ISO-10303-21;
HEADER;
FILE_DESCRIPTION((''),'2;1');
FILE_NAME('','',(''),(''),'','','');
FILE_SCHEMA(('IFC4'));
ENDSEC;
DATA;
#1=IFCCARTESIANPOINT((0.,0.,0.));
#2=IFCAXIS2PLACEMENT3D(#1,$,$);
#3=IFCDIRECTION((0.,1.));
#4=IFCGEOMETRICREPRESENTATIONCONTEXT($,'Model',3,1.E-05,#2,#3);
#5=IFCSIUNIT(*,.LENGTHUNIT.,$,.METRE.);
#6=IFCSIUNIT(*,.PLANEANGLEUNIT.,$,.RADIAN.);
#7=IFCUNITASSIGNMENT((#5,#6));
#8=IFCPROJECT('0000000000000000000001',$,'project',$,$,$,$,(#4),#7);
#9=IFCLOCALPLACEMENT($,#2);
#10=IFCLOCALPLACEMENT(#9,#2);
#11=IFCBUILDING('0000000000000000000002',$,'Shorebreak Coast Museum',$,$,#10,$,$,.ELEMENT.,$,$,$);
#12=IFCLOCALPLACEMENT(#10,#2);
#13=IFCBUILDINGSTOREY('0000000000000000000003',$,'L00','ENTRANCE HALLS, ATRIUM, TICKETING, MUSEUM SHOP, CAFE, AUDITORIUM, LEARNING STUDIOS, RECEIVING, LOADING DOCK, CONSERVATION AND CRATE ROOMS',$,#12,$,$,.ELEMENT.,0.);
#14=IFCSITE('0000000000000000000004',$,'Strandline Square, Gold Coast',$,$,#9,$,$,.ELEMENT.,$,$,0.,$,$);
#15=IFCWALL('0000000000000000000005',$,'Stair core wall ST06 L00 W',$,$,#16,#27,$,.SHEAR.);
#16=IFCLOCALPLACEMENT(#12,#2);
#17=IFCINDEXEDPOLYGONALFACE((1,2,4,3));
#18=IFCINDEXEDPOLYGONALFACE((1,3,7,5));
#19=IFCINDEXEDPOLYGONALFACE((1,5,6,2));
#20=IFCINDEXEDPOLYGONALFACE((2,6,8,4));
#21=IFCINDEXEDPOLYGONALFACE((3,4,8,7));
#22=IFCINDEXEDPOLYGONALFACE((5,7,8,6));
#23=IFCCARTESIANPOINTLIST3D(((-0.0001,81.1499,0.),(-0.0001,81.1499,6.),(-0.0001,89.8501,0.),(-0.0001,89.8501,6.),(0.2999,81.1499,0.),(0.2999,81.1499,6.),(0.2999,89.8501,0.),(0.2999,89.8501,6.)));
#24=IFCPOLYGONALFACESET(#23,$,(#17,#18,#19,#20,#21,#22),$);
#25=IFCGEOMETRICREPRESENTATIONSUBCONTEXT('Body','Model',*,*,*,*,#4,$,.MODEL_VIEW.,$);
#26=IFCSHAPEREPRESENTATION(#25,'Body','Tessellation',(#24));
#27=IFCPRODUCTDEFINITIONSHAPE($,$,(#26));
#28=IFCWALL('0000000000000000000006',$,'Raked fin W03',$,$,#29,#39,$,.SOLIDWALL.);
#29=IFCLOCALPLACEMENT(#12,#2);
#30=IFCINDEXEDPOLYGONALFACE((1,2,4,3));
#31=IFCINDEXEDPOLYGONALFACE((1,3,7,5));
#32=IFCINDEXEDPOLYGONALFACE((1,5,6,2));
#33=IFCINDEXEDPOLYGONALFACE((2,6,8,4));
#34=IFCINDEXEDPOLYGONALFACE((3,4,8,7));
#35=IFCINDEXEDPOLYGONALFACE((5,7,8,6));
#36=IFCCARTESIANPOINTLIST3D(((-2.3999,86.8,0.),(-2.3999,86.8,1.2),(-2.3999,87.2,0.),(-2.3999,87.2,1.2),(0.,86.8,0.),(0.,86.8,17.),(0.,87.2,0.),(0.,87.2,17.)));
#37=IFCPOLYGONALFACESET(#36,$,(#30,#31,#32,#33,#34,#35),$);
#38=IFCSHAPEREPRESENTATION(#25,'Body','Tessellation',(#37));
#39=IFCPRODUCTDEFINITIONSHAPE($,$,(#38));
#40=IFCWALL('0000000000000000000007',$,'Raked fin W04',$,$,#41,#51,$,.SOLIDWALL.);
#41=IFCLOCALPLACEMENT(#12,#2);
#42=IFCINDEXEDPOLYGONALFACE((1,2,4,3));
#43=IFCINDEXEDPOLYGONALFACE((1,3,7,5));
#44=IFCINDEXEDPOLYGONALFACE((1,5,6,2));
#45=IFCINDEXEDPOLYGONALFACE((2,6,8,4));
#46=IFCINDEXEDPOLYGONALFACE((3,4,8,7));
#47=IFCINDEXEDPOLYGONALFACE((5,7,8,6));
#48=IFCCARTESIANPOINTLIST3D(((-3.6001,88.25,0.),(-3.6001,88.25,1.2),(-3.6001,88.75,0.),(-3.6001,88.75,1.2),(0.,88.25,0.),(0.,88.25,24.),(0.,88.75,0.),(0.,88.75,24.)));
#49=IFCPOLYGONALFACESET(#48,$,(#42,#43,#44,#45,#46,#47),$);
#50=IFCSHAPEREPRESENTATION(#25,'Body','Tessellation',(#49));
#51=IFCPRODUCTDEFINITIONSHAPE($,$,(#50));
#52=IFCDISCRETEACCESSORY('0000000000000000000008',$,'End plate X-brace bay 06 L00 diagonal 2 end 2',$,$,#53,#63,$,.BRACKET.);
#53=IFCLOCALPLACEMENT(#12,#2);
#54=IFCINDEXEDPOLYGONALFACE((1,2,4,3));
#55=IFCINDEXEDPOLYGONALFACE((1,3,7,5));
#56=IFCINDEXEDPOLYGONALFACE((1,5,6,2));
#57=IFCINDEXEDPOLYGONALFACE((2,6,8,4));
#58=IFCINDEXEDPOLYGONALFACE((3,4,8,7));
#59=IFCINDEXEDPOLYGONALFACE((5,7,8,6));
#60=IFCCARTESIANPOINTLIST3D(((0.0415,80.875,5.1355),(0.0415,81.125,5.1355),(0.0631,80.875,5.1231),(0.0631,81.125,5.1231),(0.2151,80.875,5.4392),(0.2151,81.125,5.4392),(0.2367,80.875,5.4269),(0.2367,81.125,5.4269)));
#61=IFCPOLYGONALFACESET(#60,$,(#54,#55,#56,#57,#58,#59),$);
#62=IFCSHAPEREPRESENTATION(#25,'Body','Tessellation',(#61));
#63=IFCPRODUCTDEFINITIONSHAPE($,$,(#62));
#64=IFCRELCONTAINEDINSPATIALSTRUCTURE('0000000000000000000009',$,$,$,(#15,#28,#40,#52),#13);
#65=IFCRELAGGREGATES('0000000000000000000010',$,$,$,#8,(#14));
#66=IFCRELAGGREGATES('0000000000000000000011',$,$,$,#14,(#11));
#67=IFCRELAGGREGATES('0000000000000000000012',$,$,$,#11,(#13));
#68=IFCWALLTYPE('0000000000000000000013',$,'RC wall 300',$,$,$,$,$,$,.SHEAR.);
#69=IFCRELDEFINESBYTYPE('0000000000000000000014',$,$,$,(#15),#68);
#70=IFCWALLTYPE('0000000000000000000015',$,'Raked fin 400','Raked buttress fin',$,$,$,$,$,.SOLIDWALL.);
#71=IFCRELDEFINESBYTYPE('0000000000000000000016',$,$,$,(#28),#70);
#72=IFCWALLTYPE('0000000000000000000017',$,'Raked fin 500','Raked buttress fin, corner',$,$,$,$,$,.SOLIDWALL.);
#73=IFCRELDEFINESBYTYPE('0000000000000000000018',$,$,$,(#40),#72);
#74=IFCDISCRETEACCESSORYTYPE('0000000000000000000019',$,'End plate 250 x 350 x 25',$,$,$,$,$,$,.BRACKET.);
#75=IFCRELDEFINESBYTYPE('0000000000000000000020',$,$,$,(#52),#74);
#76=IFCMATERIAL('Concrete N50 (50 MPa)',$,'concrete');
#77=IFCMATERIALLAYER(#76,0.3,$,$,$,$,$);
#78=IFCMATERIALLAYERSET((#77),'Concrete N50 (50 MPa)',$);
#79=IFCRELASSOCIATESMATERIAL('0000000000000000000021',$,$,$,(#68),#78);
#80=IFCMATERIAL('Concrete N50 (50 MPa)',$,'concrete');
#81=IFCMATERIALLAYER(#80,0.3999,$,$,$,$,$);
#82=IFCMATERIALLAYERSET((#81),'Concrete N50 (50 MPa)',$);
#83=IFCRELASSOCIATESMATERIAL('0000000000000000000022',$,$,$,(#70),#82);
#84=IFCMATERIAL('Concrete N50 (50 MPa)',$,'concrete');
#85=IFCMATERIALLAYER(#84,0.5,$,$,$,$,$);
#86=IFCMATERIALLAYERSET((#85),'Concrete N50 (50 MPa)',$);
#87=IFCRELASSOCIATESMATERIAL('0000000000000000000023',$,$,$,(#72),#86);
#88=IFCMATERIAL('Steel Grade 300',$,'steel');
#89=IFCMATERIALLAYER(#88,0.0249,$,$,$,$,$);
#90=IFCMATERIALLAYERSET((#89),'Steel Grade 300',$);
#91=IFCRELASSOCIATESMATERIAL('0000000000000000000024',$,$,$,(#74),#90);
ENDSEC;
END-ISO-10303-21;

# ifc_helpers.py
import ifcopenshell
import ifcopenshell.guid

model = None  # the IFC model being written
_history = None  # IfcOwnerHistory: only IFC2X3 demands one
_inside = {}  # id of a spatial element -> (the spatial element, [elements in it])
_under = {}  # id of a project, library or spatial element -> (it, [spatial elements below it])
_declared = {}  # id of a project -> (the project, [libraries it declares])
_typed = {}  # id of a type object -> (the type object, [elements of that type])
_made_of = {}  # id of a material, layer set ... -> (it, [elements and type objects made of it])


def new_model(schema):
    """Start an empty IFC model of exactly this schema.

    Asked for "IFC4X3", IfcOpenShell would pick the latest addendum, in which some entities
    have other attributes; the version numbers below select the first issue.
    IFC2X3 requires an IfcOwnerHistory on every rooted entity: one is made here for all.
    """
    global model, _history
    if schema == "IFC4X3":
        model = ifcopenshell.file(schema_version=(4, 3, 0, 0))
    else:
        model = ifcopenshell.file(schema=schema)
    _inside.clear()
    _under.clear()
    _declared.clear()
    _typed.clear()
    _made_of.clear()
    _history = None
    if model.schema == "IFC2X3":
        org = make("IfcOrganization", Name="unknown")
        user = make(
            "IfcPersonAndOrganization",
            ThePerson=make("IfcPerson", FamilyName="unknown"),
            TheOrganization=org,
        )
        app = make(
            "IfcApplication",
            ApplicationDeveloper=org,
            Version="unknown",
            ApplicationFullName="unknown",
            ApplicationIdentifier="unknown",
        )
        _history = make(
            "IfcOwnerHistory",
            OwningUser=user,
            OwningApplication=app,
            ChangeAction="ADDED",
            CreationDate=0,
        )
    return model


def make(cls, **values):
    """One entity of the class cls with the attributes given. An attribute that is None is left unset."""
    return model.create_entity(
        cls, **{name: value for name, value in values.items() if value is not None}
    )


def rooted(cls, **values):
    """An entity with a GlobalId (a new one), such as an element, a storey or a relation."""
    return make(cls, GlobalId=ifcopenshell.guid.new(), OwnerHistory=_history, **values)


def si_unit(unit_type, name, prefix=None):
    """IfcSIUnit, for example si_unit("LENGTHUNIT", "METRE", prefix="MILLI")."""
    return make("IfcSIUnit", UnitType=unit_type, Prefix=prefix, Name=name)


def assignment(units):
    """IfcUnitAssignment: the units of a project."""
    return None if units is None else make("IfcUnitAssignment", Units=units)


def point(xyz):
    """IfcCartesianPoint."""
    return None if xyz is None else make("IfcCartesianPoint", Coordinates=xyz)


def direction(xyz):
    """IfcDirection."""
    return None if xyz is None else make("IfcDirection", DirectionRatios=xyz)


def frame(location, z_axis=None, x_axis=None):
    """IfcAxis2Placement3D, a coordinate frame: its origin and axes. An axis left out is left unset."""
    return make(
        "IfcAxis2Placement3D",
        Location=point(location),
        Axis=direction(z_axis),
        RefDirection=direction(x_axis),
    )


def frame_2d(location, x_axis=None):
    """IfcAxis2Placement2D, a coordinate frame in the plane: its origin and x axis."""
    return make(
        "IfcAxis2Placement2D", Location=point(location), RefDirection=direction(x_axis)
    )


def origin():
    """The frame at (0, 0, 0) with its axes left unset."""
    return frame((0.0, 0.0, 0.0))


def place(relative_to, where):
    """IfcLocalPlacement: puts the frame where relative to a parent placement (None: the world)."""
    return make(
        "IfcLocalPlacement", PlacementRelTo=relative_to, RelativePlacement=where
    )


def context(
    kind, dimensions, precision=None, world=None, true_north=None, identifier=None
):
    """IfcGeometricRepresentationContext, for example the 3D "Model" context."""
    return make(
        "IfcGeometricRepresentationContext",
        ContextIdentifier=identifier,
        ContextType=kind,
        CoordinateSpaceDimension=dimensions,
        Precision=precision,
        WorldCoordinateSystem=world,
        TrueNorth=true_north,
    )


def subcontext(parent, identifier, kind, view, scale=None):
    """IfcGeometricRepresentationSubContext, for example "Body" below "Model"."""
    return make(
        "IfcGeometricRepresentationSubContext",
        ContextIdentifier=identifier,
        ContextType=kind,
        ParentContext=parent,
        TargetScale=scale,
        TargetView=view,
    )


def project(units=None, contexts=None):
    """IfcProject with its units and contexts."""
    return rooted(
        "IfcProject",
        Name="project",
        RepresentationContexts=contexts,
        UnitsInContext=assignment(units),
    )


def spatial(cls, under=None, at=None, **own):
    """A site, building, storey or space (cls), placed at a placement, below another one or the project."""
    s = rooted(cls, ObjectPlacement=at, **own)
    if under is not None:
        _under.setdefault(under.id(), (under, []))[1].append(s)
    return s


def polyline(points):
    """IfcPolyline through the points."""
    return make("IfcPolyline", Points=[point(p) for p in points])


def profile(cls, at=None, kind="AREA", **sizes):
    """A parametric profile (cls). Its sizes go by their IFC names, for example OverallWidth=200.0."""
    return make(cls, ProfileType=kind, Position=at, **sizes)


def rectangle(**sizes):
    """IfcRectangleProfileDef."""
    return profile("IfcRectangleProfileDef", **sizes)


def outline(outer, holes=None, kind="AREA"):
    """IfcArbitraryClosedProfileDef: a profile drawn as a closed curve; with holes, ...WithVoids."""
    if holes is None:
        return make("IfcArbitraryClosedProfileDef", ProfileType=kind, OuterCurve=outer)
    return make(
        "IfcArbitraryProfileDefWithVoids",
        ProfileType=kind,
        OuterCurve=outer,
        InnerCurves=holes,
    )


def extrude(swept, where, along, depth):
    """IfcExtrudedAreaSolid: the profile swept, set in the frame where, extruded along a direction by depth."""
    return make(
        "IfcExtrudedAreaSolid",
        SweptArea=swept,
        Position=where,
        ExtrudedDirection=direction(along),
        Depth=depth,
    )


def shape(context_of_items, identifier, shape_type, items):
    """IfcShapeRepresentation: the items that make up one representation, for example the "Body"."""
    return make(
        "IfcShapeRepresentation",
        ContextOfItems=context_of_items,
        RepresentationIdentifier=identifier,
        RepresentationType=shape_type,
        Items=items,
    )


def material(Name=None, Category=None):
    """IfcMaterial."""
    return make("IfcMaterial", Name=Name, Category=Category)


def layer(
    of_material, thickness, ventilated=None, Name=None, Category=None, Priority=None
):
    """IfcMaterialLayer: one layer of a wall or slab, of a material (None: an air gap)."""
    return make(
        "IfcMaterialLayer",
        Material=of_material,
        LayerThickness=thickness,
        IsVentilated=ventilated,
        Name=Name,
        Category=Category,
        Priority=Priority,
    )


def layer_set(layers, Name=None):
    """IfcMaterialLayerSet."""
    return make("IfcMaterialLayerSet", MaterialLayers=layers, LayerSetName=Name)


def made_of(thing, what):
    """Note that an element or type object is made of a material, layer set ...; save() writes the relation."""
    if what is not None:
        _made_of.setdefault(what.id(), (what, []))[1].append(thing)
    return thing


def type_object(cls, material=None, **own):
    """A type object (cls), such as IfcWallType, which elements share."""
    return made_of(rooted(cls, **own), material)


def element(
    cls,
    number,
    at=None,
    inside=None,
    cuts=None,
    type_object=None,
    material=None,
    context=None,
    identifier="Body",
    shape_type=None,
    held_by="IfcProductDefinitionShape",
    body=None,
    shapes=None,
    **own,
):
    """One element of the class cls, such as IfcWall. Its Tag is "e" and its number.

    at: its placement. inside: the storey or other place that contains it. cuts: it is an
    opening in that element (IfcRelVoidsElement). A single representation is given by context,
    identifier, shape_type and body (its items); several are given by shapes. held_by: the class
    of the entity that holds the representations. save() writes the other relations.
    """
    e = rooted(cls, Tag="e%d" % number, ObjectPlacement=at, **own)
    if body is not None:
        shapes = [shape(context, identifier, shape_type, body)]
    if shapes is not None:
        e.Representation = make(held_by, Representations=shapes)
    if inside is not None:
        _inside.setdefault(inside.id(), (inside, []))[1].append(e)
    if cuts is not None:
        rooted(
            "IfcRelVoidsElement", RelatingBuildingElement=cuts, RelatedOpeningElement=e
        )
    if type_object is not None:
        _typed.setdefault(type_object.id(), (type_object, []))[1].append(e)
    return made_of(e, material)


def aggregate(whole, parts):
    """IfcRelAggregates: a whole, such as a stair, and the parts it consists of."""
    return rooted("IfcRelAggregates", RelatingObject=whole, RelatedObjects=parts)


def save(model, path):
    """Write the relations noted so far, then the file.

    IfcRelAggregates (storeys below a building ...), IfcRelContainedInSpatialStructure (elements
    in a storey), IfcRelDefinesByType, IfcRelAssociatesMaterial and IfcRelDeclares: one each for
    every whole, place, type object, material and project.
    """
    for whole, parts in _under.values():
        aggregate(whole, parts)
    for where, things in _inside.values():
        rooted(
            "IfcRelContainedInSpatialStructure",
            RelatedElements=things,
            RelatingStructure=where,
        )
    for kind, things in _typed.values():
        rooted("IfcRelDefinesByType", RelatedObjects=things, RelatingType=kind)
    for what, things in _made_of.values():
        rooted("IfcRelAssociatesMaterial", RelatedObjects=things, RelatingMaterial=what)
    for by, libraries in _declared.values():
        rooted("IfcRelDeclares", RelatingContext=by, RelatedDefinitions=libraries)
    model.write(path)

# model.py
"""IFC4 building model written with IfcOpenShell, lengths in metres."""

from ifc_helpers import new_model, si_unit, direction, frame, frame_2d, origin, place, context, subcontext, project, spatial, polyline, rectangle, outline, extrude, material, layer, layer_set, type_object, element, save


model = new_model("IFC4")

# Units and contexts
model_context = context("Model", 3, precision=1e-05, world=origin(), true_north=direction((0.0, 1.0)))
body_context = subcontext(model_context, "Body", "Model", "MODEL_VIEW")
ifc_project = project(units=[si_unit("LENGTHUNIT", "METRE"), si_unit("PLANEANGLEUNIT", "RADIAN")], contexts=[model_context])

# Site, building, storey
site_placement = place(None, origin())
site = spatial("IfcSite", under=ifc_project, at=site_placement, Name="Strandline Square, Gold Coast", CompositionType="ELEMENT", RefElevation=0.0)
building_placement = place(site_placement, origin())
building = spatial("IfcBuilding", under=site, at=building_placement, Name="Shorebreak Coast Museum", CompositionType="ELEMENT")
storey_placement = place(building_placement, origin())
storey = spatial("IfcBuildingStorey", under=building, at=storey_placement, Name="L00", Description="ENTRANCE HALLS, ATRIUM, TICKETING, MUSEUM SHOP, CAFE, AUDITORIUM, LEARNING STUDIOS, RECEIVING, LOADING DOCK, CONSERVATION AND CRATE ROOMS", CompositionType="ELEMENT", Elevation=0.0)

# Shared definitions
ifc_material_1 = material(Name="Concrete N50 (50 MPa)", Category="concrete")
ifc_layer_1 = layer(ifc_material_1, 0.3)
ifc_layer_set_1 = layer_set([ifc_layer_1], Name="Concrete N50 (50 MPa)")
wall_type_1 = type_object("IfcWallType", Name="RC wall 300", PredefinedType="SHEAR", material=ifc_layer_set_1)

# Walls
wall_1_placement = place(storey_placement, frame((0.1499, 81.1499, 0.0), z_axis=(0.0, 0.0, 1.0), x_axis=(0.0, 1.0, 0.0)))
element("IfcWall", 1, at=wall_1_placement, inside=storey, type_object=wall_type_1, Name="Stair core wall ST06 L00 W", PredefinedType="SHEAR", context=body_context, shape_type="SweptSolid", body=[
    extrude(rectangle(XDim=8.7002, YDim=0.3, at=frame_2d((4.3501, 0.0))), origin(), (0.0, 0.0, 1.0), 6.0),
])
ifc_material_2 = material(Name="Concrete N50 (50 MPa)", Category="concrete")
ifc_layer_2 = layer(ifc_material_2, 0.3999)
ifc_layer_set_2 = layer_set([ifc_layer_2], Name="Concrete N50 (50 MPa)")
wall_type_2 = type_object("IfcWallType", Name="Raked fin 400", Description="Raked buttress fin", PredefinedType="SOLIDWALL", material=ifc_layer_set_2)
wall_2_placement = place(storey_placement, frame((0.0, 87.0, 0.0), z_axis=(0.0, 0.0, 1.0), x_axis=(-1.0, 0.0, 0.0)))
element("IfcWall", 2, at=wall_2_placement, inside=storey, type_object=wall_type_2, Name="Raked fin W03", PredefinedType="SOLIDWALL", context=body_context, shape_type="SweptSolid", body=[
    extrude(outline(polyline([(0.0, 0.0), (2.3999, 0.0), (2.3999, 1.2), (0.0, 17.0), (0.0, 0.0)])), frame((0.0, 0.2, 0.0), z_axis=(0.0, -1.0, 0.0), x_axis=(1.0, 0.0, 0.0)), (0.0, 0.0, 1.0), 0.3999),
])
ifc_material_3 = material(Name="Concrete N50 (50 MPa)", Category="concrete")
ifc_layer_3 = layer(ifc_material_3, 0.5)
ifc_layer_set_3 = layer_set([ifc_layer_3], Name="Concrete N50 (50 MPa)")
wall_type_3 = type_object("IfcWallType", Name="Raked fin 500", Description="Raked buttress fin, corner", PredefinedType="SOLIDWALL", material=ifc_layer_set_3)
wall_3_placement = place(storey_placement, frame((0.0, 88.5, 0.0), z_axis=(0.0, 0.0, 1.0), x_axis=(-1.0, 0.0, 0.0)))
element("IfcWall", 3, at=wall_3_placement, inside=storey, type_object=wall_type_3, Name="Raked fin W04", PredefinedType="SOLIDWALL", context=body_context, shape_type="SweptSolid", body=[
    extrude(outline(polyline([(0.0, 0.0), (3.6001, 0.0), (3.6001, 1.2), (0.0, 24.0), (0.0, 0.0)])), frame((0.0, 0.25, 0.0), z_axis=(0.0, -1.0, 0.0), x_axis=(1.0, 0.0, 0.0)), (0.0, 0.0, 1.0), 0.5),
])

# Discrete accessory
ifc_material_4 = material(Name="Steel Grade 300", Category="steel")
ifc_layer_4 = layer(ifc_material_4, 0.0249)
ifc_layer_set_4 = layer_set([ifc_layer_4], Name="Steel Grade 300")
discrete_accessory_type = type_object("IfcDiscreteAccessoryType", Name="End plate 250 x 350 x 25", PredefinedType="BRACKET", material=ifc_layer_set_4)
discrete_accessory_placement = place(storey_placement, frame((0.0415, 81.125, 5.1355), z_axis=(-0.8682, 0.0, 0.496214), x_axis=(0.0, -1.0, 0.0)))
element("IfcDiscreteAccessory", 4, at=discrete_accessory_placement, inside=storey, type_object=discrete_accessory_type, Name="End plate X-brace bay 06 L00 diagonal 2 end 2", PredefinedType="BRACKET", context=body_context, shape_type="SweptSolid", body=[
    extrude(outline(polyline([(0.0, 0.0), (0.25, 0.0), (0.25, 0.3498), (0.0, 0.3498), (0.0, 0.0)])), origin(), (0.0, 0.0, -1.0), 0.0249),
])

save(model, "model.ifc")
